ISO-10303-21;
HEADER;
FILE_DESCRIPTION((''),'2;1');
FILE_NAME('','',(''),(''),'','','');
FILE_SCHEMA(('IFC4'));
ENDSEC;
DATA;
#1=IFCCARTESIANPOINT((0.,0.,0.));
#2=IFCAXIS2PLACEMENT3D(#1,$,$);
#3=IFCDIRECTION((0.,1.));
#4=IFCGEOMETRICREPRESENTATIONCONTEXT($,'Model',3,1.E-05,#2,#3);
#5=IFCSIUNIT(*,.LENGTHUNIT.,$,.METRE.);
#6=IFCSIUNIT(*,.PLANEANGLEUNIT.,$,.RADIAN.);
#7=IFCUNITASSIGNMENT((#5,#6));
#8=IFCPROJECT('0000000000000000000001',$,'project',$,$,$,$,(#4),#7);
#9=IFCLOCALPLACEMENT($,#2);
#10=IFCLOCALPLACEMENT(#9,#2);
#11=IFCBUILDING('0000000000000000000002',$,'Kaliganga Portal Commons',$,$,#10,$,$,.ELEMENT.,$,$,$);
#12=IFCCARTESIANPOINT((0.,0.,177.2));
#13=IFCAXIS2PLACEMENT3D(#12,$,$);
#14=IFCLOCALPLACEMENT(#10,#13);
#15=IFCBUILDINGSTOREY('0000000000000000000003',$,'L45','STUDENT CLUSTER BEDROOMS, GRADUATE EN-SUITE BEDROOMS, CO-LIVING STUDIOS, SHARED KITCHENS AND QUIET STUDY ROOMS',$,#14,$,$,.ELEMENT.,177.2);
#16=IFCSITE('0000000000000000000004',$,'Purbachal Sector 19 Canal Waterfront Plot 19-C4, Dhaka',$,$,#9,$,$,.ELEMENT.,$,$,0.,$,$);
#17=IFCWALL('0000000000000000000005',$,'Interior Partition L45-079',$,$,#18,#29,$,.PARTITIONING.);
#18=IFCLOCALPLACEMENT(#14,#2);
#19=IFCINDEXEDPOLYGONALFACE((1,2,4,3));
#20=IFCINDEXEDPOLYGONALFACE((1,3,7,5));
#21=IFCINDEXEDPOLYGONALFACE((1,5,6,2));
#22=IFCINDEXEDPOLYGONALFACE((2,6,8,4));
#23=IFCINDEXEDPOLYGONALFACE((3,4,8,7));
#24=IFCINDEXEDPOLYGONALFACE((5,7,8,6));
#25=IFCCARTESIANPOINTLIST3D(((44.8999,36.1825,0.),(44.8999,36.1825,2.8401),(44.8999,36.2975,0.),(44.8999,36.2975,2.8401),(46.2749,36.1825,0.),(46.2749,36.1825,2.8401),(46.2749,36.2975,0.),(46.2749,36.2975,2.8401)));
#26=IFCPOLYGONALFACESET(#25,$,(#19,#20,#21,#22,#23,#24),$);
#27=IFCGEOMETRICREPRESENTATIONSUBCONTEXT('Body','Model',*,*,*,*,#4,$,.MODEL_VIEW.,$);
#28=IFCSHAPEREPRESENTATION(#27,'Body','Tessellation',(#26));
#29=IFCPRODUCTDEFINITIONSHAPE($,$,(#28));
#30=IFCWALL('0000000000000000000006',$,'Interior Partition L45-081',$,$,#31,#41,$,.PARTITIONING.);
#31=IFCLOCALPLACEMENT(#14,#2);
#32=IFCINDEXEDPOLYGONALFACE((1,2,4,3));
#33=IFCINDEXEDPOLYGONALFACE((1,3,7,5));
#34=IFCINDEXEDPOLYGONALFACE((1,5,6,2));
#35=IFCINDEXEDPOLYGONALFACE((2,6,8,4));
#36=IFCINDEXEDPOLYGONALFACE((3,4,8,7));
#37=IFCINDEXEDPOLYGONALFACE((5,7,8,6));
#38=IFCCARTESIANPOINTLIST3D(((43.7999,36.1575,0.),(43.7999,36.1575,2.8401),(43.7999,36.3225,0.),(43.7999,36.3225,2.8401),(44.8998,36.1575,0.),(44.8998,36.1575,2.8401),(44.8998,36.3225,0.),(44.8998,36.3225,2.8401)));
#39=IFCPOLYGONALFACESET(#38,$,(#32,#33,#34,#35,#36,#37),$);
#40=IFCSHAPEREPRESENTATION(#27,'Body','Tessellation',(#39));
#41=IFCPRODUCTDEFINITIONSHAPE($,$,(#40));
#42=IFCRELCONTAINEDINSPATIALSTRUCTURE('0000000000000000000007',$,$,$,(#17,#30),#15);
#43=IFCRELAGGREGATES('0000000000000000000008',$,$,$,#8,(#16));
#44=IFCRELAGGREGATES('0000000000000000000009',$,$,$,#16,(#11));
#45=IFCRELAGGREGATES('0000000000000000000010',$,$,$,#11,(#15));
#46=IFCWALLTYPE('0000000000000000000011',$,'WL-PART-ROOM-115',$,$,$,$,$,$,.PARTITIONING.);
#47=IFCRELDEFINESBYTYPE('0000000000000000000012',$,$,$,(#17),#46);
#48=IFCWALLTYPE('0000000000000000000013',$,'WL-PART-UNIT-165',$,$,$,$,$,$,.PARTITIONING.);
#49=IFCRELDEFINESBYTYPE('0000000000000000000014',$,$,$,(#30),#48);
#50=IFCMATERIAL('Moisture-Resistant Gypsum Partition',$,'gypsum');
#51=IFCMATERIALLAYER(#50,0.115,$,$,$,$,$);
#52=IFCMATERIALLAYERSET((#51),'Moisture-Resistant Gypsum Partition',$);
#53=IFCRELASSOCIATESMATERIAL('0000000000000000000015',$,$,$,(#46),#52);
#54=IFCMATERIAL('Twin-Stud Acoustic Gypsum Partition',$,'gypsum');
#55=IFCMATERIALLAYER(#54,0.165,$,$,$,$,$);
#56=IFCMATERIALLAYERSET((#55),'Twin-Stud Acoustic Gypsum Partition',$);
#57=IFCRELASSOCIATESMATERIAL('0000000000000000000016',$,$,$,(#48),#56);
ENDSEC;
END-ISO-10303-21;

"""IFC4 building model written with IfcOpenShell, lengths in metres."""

from ifc_helpers import new_model, si_unit, direction, frame, frame_2d, origin, place, context, subcontext, project, spatial, rectangle, extrude, material, layer, layer_set, type_object, element, save


model = new_model("IFC4")

# Units and contexts
model_context = context("Model", 3, precision=1e-05, world=origin(), true_north=direction((0.0, 1.0)))
body_context = subcontext(model_context, "Body", "Model", "MODEL_VIEW")
ifc_project = project(units=[si_unit("LENGTHUNIT", "METRE"), si_unit("PLANEANGLEUNIT", "RADIAN")], contexts=[model_context])

# Site, building, storey
site_placement = place(None, origin())
site = spatial("IfcSite", under=ifc_project, at=site_placement, Name="Purbachal Sector 19 Canal Waterfront Plot 19-C4, Dhaka", CompositionType="ELEMENT", RefElevation=0.0)
building_placement = place(site_placement, origin())
building = spatial("IfcBuilding", under=site, at=building_placement, Name="Kaliganga Portal Commons", CompositionType="ELEMENT")
storey_placement = place(building_placement, frame((0.0, 0.0, 177.2)))
storey = spatial("IfcBuildingStorey", under=building, at=storey_placement, Name="L45", Description="STUDENT CLUSTER BEDROOMS, GRADUATE EN-SUITE BEDROOMS, CO-LIVING STUDIOS, SHARED KITCHENS AND QUIET STUDY ROOMS", CompositionType="ELEMENT", Elevation=177.2)

# Walls
ifc_material_1 = material(Name="Moisture-Resistant Gypsum Partition", Category="gypsum")
ifc_layer_1 = layer(ifc_material_1, 0.115)
ifc_layer_set_1 = layer_set([ifc_layer_1], Name="Moisture-Resistant Gypsum Partition")
wall_type_1 = type_object("IfcWallType", Name="WL-PART-ROOM-115", PredefinedType="PARTITIONING", material=ifc_layer_set_1)
wall_1_placement = place(storey_placement, frame((44.8999, 36.24, 0.0), z_axis=(0.0, 0.0, 1.0), x_axis=(1.0, 0.0, 0.0)))
element("IfcWall", 1, at=wall_1_placement, inside=storey, type_object=wall_type_1, Name="Interior Partition L45-079", PredefinedType="PARTITIONING", context=body_context, shape_type="SweptSolid", body=[
    extrude(rectangle(XDim=1.375, YDim=0.115, at=frame_2d((0.6875, 0.0))), origin(), (0.0, 0.0, 1.0), 2.8401),
])
ifc_material_2 = material(Name="Twin-Stud Acoustic Gypsum Partition", Category="gypsum")
ifc_layer_2 = layer(ifc_material_2, 0.165)
ifc_layer_set_2 = layer_set([ifc_layer_2], Name="Twin-Stud Acoustic Gypsum Partition")
wall_type_2 = type_object("IfcWallType", Name="WL-PART-UNIT-165", PredefinedType="PARTITIONING", material=ifc_layer_set_2)
wall_2_placement = place(storey_placement, frame((43.8, 36.24, 0.0), z_axis=(0.0, 0.0, 1.0), x_axis=(1.0, 0.0, 0.0)))
element("IfcWall", 2, at=wall_2_placement, inside=storey, type_object=wall_type_2, Name="Interior Partition L45-081", PredefinedType="PARTITIONING", context=body_context, shape_type="SweptSolid", body=[
    extrude(rectangle(XDim=1.0999, YDim=0.165, at=frame_2d((0.5498, 0.0))), origin(), (0.0, 0.0, 1.0), 2.8401),
])

save(model, "model.ifc")
